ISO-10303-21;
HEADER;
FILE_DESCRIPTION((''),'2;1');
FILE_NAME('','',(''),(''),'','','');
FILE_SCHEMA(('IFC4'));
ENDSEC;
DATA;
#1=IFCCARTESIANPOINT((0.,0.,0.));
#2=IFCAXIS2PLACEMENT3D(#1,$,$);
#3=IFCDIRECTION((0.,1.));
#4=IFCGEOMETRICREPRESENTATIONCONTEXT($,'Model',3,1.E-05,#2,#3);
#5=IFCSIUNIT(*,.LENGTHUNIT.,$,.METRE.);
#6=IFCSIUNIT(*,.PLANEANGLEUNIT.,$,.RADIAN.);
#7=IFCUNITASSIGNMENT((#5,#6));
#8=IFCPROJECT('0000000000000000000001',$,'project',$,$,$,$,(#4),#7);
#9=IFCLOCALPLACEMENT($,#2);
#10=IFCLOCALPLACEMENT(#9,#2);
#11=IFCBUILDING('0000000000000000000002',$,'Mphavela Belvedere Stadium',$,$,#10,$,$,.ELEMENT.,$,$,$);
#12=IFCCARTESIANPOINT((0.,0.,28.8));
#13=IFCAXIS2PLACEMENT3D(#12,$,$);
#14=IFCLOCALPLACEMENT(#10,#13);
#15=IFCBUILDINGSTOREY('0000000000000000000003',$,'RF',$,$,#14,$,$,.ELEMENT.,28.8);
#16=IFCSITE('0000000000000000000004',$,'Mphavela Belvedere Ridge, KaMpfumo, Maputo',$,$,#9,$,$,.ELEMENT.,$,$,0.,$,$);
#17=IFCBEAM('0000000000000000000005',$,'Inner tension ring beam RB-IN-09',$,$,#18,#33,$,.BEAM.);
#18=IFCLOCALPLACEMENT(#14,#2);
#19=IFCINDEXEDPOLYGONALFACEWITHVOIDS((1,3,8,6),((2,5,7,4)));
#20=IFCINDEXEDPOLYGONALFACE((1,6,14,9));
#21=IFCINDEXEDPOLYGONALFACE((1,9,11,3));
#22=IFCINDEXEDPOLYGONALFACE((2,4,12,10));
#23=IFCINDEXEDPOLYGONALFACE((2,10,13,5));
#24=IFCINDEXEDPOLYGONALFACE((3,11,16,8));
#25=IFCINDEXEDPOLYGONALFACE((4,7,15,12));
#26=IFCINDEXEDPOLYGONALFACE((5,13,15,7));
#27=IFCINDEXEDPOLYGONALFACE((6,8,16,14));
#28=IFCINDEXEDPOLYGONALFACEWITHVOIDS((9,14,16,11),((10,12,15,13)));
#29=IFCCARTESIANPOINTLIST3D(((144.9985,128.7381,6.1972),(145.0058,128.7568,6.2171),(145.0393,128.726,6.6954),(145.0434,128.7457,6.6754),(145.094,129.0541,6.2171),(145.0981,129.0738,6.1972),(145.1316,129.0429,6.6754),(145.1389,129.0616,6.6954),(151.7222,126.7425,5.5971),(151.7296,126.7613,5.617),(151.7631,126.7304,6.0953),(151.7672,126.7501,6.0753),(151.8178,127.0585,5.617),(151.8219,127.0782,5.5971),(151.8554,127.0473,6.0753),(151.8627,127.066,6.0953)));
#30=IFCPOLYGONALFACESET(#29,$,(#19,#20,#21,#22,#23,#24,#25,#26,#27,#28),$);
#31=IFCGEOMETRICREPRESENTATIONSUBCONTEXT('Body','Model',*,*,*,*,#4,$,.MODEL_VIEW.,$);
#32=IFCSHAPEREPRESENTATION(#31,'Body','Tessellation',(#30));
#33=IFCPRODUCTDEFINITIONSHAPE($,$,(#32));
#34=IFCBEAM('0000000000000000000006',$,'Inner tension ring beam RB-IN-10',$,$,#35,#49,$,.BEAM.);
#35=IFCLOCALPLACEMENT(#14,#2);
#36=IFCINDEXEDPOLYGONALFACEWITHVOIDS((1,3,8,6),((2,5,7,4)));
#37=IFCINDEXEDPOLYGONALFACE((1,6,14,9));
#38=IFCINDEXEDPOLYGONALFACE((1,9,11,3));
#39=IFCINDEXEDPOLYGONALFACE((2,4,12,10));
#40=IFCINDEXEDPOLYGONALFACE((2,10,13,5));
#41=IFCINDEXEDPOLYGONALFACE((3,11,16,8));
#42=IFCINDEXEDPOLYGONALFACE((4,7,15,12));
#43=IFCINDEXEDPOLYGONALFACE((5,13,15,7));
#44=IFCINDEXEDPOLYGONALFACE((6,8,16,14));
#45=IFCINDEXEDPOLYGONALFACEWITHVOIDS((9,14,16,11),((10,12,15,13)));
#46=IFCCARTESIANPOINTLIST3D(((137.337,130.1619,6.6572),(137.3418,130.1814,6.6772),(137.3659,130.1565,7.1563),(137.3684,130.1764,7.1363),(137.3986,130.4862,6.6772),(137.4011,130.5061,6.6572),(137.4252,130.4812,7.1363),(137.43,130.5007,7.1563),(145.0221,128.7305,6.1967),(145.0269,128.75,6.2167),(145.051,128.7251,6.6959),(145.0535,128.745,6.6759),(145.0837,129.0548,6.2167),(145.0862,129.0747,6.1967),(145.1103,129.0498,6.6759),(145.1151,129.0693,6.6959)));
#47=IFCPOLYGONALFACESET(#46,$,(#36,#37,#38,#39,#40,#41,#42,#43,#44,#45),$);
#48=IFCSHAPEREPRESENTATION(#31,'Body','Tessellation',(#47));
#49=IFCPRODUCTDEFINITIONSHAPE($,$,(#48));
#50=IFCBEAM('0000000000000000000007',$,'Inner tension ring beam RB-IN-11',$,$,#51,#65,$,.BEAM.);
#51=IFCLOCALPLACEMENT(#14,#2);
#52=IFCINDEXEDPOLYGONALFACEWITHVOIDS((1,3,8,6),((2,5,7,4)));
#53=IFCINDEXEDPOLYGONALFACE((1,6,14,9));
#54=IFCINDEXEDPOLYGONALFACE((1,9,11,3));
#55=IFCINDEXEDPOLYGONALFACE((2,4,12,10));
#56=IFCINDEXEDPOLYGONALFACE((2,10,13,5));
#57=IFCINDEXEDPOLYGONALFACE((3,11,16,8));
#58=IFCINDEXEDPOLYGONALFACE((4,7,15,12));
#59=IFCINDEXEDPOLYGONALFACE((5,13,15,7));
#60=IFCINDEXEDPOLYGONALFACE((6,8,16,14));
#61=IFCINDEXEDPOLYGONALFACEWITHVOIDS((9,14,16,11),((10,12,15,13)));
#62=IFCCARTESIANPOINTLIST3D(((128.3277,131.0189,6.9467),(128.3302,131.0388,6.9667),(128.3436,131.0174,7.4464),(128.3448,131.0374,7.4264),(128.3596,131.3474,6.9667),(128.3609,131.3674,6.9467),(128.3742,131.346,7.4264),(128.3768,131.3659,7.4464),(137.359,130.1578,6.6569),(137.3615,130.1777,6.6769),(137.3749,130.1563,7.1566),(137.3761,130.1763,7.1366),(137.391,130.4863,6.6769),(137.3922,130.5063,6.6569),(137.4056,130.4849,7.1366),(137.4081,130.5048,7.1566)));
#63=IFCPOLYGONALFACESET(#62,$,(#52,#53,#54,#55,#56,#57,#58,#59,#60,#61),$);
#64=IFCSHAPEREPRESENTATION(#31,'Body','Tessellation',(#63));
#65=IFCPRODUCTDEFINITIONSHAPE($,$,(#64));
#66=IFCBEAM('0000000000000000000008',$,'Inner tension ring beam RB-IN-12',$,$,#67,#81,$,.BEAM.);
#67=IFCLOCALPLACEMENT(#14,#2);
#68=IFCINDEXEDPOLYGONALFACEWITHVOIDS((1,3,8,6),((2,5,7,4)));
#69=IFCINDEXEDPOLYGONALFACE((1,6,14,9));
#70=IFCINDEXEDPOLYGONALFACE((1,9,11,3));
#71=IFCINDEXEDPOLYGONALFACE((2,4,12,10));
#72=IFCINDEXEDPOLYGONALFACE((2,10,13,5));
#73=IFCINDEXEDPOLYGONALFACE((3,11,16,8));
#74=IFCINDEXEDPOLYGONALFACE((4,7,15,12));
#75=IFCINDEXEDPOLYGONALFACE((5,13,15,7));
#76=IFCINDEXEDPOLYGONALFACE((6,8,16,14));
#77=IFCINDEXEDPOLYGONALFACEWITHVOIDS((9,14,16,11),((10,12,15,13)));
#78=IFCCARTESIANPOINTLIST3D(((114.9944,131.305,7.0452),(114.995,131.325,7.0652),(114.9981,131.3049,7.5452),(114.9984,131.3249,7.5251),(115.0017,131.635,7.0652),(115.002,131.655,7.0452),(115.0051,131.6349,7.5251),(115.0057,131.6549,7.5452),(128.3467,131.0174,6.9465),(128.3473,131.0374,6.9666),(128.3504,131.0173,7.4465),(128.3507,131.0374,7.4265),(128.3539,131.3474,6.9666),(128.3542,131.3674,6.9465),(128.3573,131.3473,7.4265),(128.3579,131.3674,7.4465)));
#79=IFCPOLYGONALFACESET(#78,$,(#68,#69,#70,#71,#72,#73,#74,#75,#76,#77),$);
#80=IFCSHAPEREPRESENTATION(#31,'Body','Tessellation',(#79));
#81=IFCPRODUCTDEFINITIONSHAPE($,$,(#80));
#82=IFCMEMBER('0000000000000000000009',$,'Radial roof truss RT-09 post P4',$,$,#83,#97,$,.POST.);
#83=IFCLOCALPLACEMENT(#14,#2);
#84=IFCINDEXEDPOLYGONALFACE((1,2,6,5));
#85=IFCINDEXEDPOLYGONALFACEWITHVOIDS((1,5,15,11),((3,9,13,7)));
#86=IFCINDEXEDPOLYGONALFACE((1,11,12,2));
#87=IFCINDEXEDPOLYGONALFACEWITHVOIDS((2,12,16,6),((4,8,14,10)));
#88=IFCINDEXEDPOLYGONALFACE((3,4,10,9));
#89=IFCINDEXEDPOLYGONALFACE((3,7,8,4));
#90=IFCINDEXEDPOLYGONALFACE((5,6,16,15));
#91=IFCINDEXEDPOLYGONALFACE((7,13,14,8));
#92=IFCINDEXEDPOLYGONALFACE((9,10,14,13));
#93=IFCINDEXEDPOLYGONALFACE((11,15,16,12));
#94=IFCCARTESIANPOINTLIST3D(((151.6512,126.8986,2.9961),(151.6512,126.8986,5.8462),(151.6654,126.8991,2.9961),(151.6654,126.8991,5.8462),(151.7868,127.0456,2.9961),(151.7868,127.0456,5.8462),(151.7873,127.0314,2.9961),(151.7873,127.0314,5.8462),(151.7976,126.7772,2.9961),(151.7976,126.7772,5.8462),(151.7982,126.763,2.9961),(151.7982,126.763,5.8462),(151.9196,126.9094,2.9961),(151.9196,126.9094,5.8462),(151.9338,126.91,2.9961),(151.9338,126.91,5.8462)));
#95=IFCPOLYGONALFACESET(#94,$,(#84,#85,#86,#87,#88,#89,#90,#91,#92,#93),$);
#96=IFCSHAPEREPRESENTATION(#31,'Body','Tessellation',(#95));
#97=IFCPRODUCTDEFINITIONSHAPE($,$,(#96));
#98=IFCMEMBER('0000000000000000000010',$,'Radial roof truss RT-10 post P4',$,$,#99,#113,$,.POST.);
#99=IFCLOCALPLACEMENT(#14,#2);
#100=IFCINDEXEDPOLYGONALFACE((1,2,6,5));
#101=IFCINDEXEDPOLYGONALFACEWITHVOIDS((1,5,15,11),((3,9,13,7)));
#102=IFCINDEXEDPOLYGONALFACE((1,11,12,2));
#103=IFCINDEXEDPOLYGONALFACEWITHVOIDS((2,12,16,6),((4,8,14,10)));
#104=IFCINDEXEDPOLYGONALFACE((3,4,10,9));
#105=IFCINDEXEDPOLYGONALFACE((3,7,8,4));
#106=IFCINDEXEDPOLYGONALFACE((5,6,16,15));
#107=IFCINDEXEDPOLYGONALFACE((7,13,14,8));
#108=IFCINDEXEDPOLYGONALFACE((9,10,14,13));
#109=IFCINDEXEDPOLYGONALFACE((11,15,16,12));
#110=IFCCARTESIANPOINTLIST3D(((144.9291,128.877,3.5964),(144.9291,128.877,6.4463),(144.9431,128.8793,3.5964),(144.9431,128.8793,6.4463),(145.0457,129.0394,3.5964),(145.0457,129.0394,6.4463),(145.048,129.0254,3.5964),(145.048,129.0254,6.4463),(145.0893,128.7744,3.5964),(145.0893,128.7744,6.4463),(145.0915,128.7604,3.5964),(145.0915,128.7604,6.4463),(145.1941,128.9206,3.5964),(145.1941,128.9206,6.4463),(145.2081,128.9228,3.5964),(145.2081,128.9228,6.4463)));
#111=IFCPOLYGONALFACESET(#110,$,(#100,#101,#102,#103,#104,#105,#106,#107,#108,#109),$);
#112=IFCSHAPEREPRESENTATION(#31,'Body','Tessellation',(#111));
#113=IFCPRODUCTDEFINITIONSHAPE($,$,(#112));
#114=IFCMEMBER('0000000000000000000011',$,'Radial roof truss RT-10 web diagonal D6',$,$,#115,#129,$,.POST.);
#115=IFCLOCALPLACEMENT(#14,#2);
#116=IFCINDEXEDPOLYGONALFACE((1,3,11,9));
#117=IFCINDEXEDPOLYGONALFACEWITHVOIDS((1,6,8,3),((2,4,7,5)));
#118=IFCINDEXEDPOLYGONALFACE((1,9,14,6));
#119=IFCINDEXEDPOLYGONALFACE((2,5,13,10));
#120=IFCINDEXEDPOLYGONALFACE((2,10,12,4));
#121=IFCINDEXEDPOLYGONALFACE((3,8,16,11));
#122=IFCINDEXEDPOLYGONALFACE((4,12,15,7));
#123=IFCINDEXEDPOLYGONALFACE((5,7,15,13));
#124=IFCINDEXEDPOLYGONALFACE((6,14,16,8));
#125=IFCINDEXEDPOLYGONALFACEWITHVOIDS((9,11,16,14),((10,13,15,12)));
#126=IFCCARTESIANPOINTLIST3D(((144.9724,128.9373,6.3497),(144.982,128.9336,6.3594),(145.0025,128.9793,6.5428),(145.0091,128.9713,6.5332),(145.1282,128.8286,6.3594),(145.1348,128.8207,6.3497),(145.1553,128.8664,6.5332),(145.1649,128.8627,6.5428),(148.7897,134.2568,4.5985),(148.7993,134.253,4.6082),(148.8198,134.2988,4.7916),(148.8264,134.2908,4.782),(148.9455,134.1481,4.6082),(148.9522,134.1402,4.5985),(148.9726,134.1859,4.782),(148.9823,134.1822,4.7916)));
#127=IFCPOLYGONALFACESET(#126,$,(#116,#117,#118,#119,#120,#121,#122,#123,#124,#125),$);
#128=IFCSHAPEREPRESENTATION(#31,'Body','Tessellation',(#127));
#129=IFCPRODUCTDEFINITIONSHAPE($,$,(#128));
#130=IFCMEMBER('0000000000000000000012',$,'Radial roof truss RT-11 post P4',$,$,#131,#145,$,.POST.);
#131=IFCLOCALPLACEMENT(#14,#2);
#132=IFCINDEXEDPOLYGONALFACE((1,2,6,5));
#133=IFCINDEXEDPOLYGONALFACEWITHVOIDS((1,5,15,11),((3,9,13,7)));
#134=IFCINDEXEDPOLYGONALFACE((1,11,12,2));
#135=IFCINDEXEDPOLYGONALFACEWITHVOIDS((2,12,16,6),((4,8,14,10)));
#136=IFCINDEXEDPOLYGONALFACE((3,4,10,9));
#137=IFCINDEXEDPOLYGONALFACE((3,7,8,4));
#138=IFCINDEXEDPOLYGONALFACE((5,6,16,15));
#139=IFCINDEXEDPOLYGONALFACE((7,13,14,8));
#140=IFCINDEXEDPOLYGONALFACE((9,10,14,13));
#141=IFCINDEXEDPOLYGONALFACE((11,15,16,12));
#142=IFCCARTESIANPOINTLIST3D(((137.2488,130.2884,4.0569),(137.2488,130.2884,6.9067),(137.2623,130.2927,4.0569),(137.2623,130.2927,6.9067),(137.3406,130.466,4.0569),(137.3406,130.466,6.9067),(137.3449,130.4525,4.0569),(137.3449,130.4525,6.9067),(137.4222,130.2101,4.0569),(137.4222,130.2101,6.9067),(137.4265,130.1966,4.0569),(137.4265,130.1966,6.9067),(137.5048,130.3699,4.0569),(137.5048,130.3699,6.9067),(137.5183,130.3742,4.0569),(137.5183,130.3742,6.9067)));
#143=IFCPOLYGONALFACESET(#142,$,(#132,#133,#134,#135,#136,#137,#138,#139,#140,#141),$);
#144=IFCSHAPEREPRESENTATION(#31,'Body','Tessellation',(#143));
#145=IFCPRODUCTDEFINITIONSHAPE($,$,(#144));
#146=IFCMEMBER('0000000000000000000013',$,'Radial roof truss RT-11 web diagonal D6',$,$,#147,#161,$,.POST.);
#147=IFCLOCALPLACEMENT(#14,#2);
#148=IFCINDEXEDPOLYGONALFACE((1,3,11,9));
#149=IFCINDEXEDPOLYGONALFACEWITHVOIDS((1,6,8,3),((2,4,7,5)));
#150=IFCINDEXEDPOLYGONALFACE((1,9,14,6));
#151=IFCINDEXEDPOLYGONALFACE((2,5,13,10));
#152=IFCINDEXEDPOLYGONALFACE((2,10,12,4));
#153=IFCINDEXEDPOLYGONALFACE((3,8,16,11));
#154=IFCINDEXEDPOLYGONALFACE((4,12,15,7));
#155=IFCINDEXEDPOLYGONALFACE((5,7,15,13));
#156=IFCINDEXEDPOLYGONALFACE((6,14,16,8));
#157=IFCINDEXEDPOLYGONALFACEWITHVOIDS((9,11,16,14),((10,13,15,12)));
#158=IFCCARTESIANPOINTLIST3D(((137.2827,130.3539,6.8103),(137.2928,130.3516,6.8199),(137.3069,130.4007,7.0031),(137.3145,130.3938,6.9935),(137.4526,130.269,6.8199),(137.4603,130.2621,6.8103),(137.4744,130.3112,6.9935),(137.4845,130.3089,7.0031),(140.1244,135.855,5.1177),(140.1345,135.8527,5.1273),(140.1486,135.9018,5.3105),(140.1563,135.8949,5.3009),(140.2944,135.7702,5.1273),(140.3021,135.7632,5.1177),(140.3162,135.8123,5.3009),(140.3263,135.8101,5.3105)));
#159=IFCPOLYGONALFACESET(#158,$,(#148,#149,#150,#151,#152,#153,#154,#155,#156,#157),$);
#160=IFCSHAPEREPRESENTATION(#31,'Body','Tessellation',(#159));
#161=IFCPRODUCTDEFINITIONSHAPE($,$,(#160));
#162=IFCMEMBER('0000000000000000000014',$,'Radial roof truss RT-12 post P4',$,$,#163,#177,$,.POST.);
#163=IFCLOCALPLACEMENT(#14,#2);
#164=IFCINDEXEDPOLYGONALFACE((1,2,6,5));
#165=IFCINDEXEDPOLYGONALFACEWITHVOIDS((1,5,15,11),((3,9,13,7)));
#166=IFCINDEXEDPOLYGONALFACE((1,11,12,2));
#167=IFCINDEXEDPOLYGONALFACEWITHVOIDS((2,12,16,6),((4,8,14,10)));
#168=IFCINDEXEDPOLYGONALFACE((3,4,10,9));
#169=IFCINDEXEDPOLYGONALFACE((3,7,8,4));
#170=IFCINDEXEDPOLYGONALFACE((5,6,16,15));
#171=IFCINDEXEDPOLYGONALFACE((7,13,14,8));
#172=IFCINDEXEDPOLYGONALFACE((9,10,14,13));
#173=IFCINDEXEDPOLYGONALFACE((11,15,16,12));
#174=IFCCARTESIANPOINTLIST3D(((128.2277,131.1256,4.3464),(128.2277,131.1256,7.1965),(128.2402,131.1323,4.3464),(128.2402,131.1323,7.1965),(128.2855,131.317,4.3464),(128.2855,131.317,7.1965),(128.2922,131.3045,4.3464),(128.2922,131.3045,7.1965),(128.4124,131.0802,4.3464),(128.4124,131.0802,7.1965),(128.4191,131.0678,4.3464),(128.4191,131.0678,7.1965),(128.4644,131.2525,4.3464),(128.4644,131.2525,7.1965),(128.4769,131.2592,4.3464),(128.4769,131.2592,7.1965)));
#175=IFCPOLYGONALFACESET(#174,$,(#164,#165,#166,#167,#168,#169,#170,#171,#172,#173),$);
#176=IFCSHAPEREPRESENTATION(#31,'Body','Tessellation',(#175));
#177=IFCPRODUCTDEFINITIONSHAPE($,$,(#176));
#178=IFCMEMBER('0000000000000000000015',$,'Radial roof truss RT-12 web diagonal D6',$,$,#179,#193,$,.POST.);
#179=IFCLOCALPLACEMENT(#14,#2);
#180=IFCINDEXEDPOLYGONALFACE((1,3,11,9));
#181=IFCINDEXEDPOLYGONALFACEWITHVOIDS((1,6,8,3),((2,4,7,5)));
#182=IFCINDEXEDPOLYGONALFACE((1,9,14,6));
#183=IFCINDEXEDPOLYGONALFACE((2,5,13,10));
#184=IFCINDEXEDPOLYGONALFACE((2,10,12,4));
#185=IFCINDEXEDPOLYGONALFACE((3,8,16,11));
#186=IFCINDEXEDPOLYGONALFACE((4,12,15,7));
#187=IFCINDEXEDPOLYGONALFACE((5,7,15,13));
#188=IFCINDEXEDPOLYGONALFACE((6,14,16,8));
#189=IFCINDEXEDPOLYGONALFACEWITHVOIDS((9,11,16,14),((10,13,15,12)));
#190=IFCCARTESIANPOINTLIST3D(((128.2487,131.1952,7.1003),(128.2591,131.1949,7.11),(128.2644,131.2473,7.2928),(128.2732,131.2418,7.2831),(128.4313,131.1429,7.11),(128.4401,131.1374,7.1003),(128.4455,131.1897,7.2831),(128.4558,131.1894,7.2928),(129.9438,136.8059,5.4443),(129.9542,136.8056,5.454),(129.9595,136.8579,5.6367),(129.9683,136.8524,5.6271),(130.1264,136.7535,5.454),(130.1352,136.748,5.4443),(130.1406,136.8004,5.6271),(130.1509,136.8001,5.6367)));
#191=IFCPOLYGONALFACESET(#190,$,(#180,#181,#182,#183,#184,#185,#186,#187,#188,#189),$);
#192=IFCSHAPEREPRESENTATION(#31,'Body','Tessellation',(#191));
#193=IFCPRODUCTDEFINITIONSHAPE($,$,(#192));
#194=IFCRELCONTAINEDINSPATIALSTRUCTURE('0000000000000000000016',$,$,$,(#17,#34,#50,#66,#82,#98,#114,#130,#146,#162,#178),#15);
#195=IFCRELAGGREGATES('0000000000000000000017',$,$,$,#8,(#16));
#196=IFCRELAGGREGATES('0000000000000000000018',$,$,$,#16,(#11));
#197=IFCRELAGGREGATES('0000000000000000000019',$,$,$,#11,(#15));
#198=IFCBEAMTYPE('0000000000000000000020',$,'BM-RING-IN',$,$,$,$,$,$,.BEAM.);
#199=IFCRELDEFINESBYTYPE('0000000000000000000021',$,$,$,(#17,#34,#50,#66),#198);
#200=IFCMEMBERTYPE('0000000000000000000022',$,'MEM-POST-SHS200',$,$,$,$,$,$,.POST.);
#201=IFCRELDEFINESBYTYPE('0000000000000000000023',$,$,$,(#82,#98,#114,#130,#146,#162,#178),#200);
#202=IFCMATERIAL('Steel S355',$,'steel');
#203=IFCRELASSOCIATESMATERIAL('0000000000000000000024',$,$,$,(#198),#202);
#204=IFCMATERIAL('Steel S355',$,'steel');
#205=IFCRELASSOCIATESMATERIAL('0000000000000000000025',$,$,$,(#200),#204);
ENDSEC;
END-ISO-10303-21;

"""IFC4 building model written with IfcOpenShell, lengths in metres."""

from ifc_helpers import new_model, si_unit, direction, frame, origin, origin_2d, place, context, subcontext, project, spatial, hollow_rectangle, extrude, material, material_profile, profile_set, type_object, element, save


model = new_model("IFC4")

# Units and contexts
model_context = context("Model", 3, precision=1e-05, world=origin(), true_north=direction((0.0, 1.0)))
body_context = subcontext(model_context, "Body", "Model", "MODEL_VIEW")
ifc_project = project(units=[si_unit("LENGTHUNIT", "METRE"), si_unit("PLANEANGLEUNIT", "RADIAN")], contexts=[model_context])

# Site, building, storey
site_placement = place(None, origin())
site = spatial("IfcSite", under=ifc_project, at=site_placement, Name="Mphavela Belvedere Ridge, KaMpfumo, Maputo", CompositionType="ELEMENT", RefElevation=0.0)
building_placement = place(site_placement, origin())
building = spatial("IfcBuilding", under=site, at=building_placement, Name="Mphavela Belvedere Stadium", CompositionType="ELEMENT")
storey_placement = place(building_placement, frame((0.0, 0.0, 28.8)))
storey = spatial("IfcBuildingStorey", under=building, at=storey_placement, Name="RF", CompositionType="ELEMENT", Elevation=28.8)

# Beams
ifc_material_1 = material(Name="Steel S355", Category="steel")
ifc_material_profile_1 = material_profile(ifc_material_1, hollow_rectangle(XDim=0.3501, YDim=0.5, WallThickness=0.02, at=origin_2d()), Name="RHS 500x350x20")
ifc_profile_set_1 = profile_set([ifc_material_profile_1], Name="Steel S355")
beam_type = type_object("IfcBeamType", Name="BM-RING-IN", PredefinedType="BEAM", material=ifc_profile_set_1)
beam_1_placement = place(storey_placement, frame((151.7925, 126.9043, 5.8462), z_axis=(-0.955178, 0.283491, 0.085248), x_axis=(-0.284527, -0.958668, 0.0)))
element("IfcBeam", 1, at=beam_1_placement, inside=storey, type_object=beam_type, Name="Inner tension ring beam RB-IN-09", PredefinedType="BEAM", context=body_context, shape_type="SweptSolid", body=[
    extrude(hollow_rectangle(XDim=0.3501, YDim=0.5, WallThickness=0.02, at=origin_2d()), origin(), (0.0, 0.0, 1.0), 7.0393),
])
beam_2_placement = place(storey_placement, frame((145.0686, 128.8999, 6.4463), z_axis=(-0.981392, 0.182791, 0.0588), x_axis=(-0.183108, -0.983093, 0.0)))
element("IfcBeam", 2, at=beam_2_placement, inside=storey, type_object=beam_type, Name="Inner tension ring beam RB-IN-10", PredefinedType="BEAM", context=body_context, shape_type="SweptSolid", body=[
    extrude(hollow_rectangle(XDim=0.3501, YDim=0.5, WallThickness=0.02, at=origin_2d()), origin(), (0.0, 0.0, 1.0), 7.8308),
])
beam_3_placement = place(storey_placement, frame((137.3835, 130.3313, 6.9067), z_axis=(-0.994978, 0.094866, 0.031927), x_axis=(-0.094914, -0.995485, 0.0)))
element("IfcBeam", 3, at=beam_3_placement, inside=storey, type_object=beam_type, Name="Inner tension ring beam RB-IN-11", PredefinedType="BEAM", context=body_context, shape_type="SweptSolid", body=[
    extrude(hollow_rectangle(XDim=0.3501, YDim=0.5, WallThickness=0.02, at=origin_2d()), origin(), (0.0, 0.0, 1.0), 9.0769),
])
beam_4_placement = place(storey_placement, frame((128.3523, 131.1924, 7.1965), z_axis=(-0.999741, 0.021534, 0.007385), x_axis=(-0.021534, -0.999768, 0.0)))
element("IfcBeam", 4, at=beam_4_placement, inside=storey, type_object=beam_type, Name="Inner tension ring beam RB-IN-12", PredefinedType="BEAM", context=body_context, shape_type="SweptSolid", body=[
    extrude(hollow_rectangle(XDim=0.3501, YDim=0.5, WallThickness=0.02, at=origin_2d()), origin(), (0.0, 0.0, 1.0), 13.3557),
])

# Members
ifc_material_2 = material(Name="Steel S355", Category="steel")
ifc_material_profile_2 = material_profile(ifc_material_2, hollow_rectangle(XDim=0.2, YDim=0.2, WallThickness=0.01, at=origin_2d()), Name="SHS 200x200x10")
ifc_profile_set_2 = profile_set([ifc_material_profile_2], Name="Steel S355")
member_type_1 = type_object("IfcMemberType", Name="MEM-POST-SHS200", PredefinedType="POST", material=ifc_profile_set_2)
member_1_placement = place(storey_placement, frame((151.7925, 126.9043, 2.9961), z_axis=(0.0, 0.0, 1.0), x_axis=(0.677903, 0.735151, 0.0)))
element("IfcMember", 5, at=member_1_placement, inside=storey, type_object=member_type_1, Name="Radial roof truss RT-09 post P4", PredefinedType="POST", context=body_context, shape_type="SweptSolid", body=[
    extrude(hollow_rectangle(XDim=0.2, YDim=0.2, WallThickness=0.01, at=origin_2d()), origin(), (0.0, 0.0, 1.0), 2.8501),
])
member_2_placement = place(storey_placement, frame((145.0686, 128.8999, 3.5964), z_axis=(0.0, 0.0, 1.0), x_axis=(0.582974, 0.812491, 0.0)))
element("IfcMember", 6, at=member_2_placement, inside=storey, type_object=member_type_1, Name="Radial roof truss RT-10 post P4", PredefinedType="POST", context=body_context, shape_type="SweptSolid", body=[
    extrude(hollow_rectangle(XDim=0.2, YDim=0.2, WallThickness=0.01, at=origin_2d()), origin(), (0.0, 0.0, 1.0), 2.8499),
])
member_3_placement = place(storey_placement, frame((148.886, 134.2195, 4.6951), z_axis=(-0.563227, -0.784866, 0.25838), x_axis=(0.812454, -0.583025, 0.0)))
element("IfcMember", 7, at=member_3_placement, inside=storey, type_object=member_type_1, Name="Radial roof truss RT-10 web diagonal D6", PredefinedType="POST", context=body_context, shape_type="SweptSolid", body=[
    extrude(hollow_rectangle(XDim=0.2, YDim=0.2, WallThickness=0.01, at=origin_2d()), origin(), (0.0, 0.0, 1.0), 6.7776),
])
member_4_placement = place(storey_placement, frame((137.3835, 130.3313, 4.0569), z_axis=(0.0, 0.0, 1.0), x_axis=(0.45896, 0.888457, 0.0)))
element("IfcMember", 8, at=member_4_placement, inside=storey, type_object=member_type_1, Name="Radial roof truss RT-11 post P4", PredefinedType="POST", context=body_context, shape_type="SweptSolid", body=[
    extrude(hollow_rectangle(XDim=0.2, YDim=0.2, WallThickness=0.01, at=origin_2d()), origin(), (0.0, 0.0, 1.0), 2.8499),
])
member_5_placement = place(storey_placement, frame((140.2253, 135.8325, 5.2141), z_axis=(-0.442713, -0.857015, 0.263688), x_axis=(0.888459, -0.458956, 0.0)))
element("IfcMember", 9, at=member_5_placement, inside=storey, type_object=member_type_1, Name="Radial roof truss RT-11 web diagonal D6", PredefinedType="POST", context=body_context, shape_type="SweptSolid", body=[
    extrude(hollow_rectangle(XDim=0.2, YDim=0.2, WallThickness=0.01, at=origin_2d()), origin(), (0.0, 0.0, 1.0), 6.4189),
])
member_6_placement = place(storey_placement, frame((128.3523, 131.1924, 4.3464), z_axis=(0.0, 0.0, 1.0), x_axis=(0.289199, 0.957269, 0.0)))
element("IfcMember", 10, at=member_6_placement, inside=storey, type_object=member_type_1, Name="Radial roof truss RT-12 post P4", PredefinedType="POST", context=body_context, shape_type="SweptSolid", body=[
    extrude(hollow_rectangle(XDim=0.2, YDim=0.2, WallThickness=0.01, at=origin_2d()), origin(), (0.0, 0.0, 1.0), 2.8501),
])
member_7_placement = place(storey_placement, frame((130.0474, 136.803, 5.5405), z_axis=(-0.278313, -0.921202, 0.271899), x_axis=(0.957266, -0.289208, 0.0)))
element("IfcMember", 11, at=member_7_placement, inside=storey, type_object=member_type_1, Name="Radial roof truss RT-12 web diagonal D6", PredefinedType="POST", context=body_context, shape_type="SweptSolid", body=[
    extrude(hollow_rectangle(XDim=0.2, YDim=0.2, WallThickness=0.01, at=origin_2d()), origin(), (0.0, 0.0, 1.0), 6.0906),
])

save(model, "model.ifc")
